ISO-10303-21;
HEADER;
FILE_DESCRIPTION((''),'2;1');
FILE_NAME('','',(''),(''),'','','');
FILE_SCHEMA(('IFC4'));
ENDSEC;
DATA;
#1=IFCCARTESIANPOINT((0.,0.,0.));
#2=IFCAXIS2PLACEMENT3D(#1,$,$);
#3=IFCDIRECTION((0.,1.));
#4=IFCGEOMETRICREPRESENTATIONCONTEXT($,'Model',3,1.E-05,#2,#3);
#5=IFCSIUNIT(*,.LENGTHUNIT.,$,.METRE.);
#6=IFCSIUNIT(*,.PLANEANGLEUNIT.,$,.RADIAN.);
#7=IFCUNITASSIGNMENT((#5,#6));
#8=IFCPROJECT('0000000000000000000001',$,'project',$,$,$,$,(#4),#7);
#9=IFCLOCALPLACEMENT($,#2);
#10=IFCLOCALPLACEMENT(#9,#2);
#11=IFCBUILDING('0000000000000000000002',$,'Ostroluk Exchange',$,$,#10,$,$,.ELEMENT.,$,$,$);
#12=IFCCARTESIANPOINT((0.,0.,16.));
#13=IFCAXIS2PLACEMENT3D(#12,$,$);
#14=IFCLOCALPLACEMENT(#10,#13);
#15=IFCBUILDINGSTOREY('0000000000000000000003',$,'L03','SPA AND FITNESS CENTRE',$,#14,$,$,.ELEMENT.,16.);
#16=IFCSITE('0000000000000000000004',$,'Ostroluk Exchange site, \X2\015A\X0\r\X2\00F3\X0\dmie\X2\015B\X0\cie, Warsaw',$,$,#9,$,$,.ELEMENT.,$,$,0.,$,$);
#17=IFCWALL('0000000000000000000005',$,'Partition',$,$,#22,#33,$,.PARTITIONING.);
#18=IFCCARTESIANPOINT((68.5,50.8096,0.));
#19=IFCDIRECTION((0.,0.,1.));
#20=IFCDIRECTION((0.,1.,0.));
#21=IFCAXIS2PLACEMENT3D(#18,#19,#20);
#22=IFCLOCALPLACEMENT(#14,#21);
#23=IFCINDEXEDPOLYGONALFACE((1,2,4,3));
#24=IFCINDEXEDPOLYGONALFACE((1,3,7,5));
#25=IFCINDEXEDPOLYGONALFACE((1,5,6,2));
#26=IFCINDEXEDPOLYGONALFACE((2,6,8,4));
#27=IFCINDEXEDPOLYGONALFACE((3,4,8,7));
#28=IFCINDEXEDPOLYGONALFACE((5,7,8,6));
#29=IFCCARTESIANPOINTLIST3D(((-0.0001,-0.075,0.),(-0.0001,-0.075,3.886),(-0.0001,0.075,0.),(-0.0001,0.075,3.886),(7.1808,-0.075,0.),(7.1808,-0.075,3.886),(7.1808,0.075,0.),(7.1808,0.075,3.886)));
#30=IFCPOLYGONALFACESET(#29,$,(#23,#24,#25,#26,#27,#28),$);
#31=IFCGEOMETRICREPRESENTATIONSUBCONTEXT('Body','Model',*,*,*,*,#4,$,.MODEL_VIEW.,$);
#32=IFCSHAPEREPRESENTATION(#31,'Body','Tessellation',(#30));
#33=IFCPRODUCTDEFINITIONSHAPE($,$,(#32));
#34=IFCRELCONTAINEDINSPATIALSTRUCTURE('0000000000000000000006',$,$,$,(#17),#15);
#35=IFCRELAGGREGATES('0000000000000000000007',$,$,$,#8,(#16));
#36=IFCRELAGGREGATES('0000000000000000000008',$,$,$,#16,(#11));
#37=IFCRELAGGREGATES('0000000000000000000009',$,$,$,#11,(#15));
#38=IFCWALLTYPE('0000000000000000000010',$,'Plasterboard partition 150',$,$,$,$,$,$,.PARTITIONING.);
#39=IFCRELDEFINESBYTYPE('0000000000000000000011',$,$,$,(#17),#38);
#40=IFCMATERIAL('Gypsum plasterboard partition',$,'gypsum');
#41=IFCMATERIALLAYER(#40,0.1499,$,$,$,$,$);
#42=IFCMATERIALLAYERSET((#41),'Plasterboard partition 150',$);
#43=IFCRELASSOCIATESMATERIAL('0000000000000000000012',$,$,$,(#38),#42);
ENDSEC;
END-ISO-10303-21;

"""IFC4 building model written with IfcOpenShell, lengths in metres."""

from ifc_helpers import new_model, si_unit, direction, frame, frame_2d, origin, place, context, subcontext, project, spatial, rectangle, extrude, material, layer, layer_set, type_object, element, save


model = new_model("IFC4")

# Units and contexts
model_context = context("Model", 3, precision=1e-05, world=origin(), true_north=direction((0.0, 1.0)))
body_context = subcontext(model_context, "Body", "Model", "MODEL_VIEW")
ifc_project = project(units=[si_unit("LENGTHUNIT", "METRE"), si_unit("PLANEANGLEUNIT", "RADIAN")], contexts=[model_context])

# Site, building, storey
site_placement = place(None, origin())
site = spatial("IfcSite", under=ifc_project, at=site_placement, Name="Ostroluk Exchange site, Śródmieście, Warsaw", CompositionType="ELEMENT", RefElevation=0.0)
building_placement = place(site_placement, origin())
building = spatial("IfcBuilding", under=site, at=building_placement, Name="Ostroluk Exchange", CompositionType="ELEMENT")
storey_placement = place(building_placement, frame((0.0, 0.0, 16.0)))
storey = spatial("IfcBuildingStorey", under=building, at=storey_placement, Name="L03", Description="SPA AND FITNESS CENTRE", CompositionType="ELEMENT", Elevation=16.0)

# Wall
ifc_material_1 = material(Name="Gypsum plasterboard partition", Category="gypsum")
ifc_layer_1 = layer(ifc_material_1, 0.1499)
ifc_layer_set_1 = layer_set([ifc_layer_1], Name="Plasterboard partition 150")
wall_type_1 = type_object("IfcWallType", Name="Plasterboard partition 150", PredefinedType="PARTITIONING", material=ifc_layer_set_1)
wall_1_placement = place(storey_placement, frame((68.5, 50.8096, 0.0), z_axis=(0.0, 0.0, 1.0), x_axis=(0.0, 1.0, 0.0)))
element("IfcWall", 1, at=wall_1_placement, inside=storey, type_object=wall_type_1, Name="Partition", PredefinedType="PARTITIONING", context=body_context, shape_type="SweptSolid", body=[
    extrude(rectangle(XDim=7.1809, YDim=0.1499, at=frame_2d((3.5903, 0.0))), origin(), (0.0, 0.0, 1.0), 3.886),
])

save(model, "model.ifc")
